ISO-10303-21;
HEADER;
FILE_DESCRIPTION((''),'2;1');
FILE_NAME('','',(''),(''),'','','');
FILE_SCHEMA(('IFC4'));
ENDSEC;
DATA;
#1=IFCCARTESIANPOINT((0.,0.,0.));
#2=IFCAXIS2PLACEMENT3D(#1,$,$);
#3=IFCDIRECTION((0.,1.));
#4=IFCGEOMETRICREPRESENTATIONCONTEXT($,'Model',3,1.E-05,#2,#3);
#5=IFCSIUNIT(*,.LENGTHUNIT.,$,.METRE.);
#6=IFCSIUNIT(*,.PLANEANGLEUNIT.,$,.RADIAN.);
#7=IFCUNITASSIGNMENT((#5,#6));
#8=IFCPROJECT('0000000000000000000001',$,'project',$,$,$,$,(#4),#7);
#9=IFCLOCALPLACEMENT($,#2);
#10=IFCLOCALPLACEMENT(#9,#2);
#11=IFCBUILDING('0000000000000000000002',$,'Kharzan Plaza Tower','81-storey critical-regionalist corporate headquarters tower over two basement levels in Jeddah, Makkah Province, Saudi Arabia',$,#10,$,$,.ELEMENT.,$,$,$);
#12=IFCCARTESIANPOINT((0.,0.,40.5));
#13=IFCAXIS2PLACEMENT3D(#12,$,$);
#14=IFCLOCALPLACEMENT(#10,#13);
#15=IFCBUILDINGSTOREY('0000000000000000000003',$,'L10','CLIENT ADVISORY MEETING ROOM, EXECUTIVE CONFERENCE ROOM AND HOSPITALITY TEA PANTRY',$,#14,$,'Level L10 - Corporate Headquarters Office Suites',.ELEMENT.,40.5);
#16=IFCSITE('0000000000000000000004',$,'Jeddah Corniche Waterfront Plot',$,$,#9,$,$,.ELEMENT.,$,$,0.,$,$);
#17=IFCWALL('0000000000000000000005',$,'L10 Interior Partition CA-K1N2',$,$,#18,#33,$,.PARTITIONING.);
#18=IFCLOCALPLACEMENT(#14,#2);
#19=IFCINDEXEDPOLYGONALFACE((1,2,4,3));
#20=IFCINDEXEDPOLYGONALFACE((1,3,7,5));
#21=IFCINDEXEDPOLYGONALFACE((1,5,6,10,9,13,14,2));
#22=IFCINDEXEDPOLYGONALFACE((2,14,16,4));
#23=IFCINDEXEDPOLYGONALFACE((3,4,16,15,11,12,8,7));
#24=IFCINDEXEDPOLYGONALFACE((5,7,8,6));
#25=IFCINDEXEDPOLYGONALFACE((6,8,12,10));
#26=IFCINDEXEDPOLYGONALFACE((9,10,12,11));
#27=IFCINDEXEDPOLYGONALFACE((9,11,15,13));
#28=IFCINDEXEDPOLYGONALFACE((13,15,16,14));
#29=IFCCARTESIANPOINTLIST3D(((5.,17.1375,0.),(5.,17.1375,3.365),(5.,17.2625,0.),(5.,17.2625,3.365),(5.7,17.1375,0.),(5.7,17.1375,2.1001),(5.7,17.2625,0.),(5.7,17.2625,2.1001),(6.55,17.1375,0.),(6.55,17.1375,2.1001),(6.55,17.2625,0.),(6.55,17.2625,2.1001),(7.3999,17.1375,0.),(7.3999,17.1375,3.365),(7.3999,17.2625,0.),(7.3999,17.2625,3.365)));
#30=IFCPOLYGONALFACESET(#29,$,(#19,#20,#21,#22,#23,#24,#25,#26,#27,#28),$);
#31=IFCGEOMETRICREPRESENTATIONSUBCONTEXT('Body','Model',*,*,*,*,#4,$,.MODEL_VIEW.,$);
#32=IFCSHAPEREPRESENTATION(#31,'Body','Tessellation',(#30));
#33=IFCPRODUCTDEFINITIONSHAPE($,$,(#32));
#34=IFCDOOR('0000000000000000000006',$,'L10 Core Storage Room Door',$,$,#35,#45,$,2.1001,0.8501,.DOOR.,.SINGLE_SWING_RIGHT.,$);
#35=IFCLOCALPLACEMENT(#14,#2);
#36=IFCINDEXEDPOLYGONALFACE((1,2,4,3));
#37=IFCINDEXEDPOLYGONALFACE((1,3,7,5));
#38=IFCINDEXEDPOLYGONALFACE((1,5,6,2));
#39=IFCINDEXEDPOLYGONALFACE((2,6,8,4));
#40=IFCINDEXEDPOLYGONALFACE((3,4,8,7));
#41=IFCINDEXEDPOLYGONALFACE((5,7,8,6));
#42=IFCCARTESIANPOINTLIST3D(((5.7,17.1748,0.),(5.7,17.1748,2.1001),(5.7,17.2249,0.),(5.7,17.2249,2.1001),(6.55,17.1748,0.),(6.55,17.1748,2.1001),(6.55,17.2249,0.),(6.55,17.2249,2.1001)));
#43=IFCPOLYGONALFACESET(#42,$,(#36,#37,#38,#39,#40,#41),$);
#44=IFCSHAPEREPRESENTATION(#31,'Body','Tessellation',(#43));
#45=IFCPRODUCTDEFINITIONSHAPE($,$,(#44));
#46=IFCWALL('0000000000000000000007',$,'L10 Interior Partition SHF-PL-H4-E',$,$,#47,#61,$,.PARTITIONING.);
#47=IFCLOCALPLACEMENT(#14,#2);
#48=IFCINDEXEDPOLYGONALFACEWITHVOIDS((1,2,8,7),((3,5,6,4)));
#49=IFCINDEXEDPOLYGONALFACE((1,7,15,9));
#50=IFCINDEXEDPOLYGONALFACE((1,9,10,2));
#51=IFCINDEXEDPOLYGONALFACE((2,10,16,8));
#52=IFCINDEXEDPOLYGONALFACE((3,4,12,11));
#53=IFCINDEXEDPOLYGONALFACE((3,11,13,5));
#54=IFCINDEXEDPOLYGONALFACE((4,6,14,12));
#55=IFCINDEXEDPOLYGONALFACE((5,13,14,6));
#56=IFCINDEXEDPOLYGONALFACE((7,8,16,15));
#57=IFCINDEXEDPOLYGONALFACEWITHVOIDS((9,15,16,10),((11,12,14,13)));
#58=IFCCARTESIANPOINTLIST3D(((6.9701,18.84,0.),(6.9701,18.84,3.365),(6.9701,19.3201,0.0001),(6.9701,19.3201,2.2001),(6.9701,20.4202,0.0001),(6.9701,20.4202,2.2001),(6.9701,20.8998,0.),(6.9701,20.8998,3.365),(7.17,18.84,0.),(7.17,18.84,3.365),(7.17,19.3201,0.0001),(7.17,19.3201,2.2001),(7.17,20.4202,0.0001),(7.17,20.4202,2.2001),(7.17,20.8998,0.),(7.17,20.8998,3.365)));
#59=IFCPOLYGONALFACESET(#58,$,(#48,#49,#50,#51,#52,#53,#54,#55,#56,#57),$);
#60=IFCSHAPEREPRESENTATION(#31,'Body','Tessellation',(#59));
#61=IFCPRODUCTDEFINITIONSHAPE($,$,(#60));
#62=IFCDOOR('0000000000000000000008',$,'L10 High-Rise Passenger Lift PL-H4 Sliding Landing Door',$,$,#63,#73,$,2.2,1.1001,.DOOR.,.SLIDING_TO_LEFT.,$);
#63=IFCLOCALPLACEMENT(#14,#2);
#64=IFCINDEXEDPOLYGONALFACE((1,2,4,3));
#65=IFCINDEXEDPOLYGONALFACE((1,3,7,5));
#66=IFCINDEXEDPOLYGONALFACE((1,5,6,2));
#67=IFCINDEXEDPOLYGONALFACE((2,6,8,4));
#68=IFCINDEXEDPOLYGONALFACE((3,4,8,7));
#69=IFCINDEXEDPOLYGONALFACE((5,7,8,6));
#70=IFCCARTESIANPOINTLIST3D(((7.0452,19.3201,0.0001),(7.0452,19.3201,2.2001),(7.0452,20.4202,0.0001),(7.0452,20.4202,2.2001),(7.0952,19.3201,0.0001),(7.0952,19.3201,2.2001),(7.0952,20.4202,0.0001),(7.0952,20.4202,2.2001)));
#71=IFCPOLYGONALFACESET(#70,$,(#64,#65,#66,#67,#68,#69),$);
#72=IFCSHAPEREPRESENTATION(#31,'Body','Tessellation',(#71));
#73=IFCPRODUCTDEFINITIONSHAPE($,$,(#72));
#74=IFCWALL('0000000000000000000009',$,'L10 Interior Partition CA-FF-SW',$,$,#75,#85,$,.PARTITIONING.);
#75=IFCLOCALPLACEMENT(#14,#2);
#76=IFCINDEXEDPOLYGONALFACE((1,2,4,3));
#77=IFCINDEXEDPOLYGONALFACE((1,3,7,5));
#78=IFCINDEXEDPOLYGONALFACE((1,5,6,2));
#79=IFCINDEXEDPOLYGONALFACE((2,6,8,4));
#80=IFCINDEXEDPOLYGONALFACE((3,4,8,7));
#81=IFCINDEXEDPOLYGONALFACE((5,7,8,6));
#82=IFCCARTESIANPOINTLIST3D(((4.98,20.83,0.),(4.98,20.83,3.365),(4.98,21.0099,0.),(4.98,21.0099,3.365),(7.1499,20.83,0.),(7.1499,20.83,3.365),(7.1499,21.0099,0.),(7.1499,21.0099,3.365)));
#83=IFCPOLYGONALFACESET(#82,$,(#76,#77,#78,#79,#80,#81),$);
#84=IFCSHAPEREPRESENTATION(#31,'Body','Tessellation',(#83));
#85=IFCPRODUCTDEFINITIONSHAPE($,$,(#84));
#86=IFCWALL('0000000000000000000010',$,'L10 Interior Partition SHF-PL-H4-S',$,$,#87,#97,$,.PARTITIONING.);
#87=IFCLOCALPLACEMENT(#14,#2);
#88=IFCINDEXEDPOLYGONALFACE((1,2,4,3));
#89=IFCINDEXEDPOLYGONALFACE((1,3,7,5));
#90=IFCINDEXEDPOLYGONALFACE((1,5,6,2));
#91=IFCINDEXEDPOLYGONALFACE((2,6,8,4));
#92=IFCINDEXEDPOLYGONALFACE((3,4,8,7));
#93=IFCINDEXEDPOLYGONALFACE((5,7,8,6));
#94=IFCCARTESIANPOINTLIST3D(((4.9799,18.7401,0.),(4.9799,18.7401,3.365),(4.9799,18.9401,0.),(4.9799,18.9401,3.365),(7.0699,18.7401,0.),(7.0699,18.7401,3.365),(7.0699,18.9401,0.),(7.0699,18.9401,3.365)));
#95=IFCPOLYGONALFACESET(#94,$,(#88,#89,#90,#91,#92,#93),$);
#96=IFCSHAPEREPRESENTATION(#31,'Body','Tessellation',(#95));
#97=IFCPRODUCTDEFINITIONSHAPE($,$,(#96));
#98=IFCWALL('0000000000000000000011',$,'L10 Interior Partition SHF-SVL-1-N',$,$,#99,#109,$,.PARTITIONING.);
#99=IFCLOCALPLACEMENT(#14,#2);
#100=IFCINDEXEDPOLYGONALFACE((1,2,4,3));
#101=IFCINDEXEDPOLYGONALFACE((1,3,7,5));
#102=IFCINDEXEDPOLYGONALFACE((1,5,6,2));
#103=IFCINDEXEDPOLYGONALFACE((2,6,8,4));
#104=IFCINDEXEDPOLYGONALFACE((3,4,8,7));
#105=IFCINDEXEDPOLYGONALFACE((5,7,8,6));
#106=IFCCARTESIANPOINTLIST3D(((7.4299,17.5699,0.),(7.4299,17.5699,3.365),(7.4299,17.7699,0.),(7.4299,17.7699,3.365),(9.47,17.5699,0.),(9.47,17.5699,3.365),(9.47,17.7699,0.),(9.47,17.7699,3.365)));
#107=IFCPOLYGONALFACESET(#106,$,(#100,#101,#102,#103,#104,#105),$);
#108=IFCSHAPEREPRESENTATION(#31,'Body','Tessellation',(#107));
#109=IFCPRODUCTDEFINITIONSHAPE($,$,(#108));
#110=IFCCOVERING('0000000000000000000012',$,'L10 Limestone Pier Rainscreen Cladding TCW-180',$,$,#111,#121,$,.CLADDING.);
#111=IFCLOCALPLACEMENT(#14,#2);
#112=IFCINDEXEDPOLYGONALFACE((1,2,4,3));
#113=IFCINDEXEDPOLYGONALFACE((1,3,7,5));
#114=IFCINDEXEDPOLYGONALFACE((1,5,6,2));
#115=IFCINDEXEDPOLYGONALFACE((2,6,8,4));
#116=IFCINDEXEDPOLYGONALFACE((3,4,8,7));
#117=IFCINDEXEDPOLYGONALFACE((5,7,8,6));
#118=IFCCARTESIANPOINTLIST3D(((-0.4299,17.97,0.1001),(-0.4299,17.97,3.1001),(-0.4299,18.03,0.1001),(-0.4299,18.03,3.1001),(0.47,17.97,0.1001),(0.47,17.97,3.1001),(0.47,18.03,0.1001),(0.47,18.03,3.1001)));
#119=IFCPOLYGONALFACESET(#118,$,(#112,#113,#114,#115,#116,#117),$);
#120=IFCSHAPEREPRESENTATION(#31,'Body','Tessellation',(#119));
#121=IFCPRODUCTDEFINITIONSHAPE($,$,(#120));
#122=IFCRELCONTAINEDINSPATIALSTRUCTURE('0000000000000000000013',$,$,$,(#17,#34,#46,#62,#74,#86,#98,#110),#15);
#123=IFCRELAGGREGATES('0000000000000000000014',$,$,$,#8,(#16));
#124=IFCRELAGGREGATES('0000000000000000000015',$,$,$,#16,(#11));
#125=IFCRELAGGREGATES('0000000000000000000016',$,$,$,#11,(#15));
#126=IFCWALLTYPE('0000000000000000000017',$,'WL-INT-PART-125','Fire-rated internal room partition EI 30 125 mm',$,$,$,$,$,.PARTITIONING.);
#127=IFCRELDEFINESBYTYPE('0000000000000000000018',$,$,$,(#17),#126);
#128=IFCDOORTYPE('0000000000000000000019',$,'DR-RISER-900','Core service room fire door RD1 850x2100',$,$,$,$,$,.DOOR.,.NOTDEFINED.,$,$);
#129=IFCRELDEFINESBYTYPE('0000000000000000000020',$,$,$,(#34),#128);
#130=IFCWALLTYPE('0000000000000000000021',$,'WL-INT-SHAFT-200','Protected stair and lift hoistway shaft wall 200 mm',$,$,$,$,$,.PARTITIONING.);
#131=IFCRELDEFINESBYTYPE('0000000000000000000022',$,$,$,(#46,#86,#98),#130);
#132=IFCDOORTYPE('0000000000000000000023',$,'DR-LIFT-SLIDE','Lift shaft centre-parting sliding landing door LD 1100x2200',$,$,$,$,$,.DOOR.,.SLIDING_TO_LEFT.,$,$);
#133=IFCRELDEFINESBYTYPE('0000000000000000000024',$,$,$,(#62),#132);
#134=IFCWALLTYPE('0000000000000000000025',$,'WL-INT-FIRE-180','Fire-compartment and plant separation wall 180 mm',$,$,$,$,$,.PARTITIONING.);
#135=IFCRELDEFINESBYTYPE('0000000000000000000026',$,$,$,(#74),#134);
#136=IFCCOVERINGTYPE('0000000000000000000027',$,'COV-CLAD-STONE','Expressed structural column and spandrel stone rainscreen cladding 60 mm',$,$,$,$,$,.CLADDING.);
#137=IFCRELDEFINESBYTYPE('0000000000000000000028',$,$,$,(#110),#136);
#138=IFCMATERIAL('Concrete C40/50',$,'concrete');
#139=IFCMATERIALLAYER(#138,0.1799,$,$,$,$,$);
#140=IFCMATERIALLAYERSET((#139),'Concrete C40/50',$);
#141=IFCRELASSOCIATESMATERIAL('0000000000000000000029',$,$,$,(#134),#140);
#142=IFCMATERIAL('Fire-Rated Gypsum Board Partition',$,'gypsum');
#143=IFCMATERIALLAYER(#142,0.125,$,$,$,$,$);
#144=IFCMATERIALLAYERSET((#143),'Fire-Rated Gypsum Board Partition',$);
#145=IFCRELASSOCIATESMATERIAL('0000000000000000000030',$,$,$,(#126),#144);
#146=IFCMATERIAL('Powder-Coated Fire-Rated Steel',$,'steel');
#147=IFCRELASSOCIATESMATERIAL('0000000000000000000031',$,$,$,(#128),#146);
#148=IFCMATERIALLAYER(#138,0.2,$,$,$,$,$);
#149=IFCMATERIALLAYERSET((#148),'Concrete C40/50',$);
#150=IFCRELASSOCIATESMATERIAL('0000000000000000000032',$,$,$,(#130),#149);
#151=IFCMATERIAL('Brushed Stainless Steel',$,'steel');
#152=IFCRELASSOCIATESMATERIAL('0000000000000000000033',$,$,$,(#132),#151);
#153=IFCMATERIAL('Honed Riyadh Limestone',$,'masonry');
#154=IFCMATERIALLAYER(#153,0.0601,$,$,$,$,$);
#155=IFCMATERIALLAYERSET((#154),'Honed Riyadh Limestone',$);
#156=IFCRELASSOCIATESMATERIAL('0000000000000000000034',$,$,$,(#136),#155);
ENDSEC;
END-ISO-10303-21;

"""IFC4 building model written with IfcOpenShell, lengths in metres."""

from ifc_helpers import new_model, si_unit, direction, frame, frame_2d, origin, origin_2d, place, context, subcontext, project, spatial, rectangle, extrude, source, transform, mapped, material, layer, layer_set, type_object, element, fill, save


model = new_model("IFC4")

# Units and contexts
model_context = context("Model", 3, precision=1e-05, world=origin(), true_north=direction((0.0, 1.0)))
body_context = subcontext(model_context, "Body", "Model", "MODEL_VIEW")
ifc_project = project(units=[si_unit("LENGTHUNIT", "METRE"), si_unit("PLANEANGLEUNIT", "RADIAN")], contexts=[model_context])

# Site, building, storey
site_placement = place(None, origin())
site = spatial("IfcSite", under=ifc_project, at=site_placement, Name="Jeddah Corniche Waterfront Plot", CompositionType="ELEMENT", RefElevation=0.0)
building_placement = place(site_placement, origin())
building = spatial("IfcBuilding", under=site, at=building_placement, Name="Kharzan Plaza Tower", Description="81-storey critical-regionalist corporate headquarters tower over two basement levels in Jeddah, Makkah Province, Saudi Arabia", CompositionType="ELEMENT")
storey_placement = place(building_placement, frame((0.0, 0.0, 40.5)))
storey = spatial("IfcBuildingStorey", under=building, at=storey_placement, Name="L10", Description="CLIENT ADVISORY MEETING ROOM, EXECUTIVE CONFERENCE ROOM AND HOSPITALITY TEA PANTRY", LongName="Level L10 - Corporate Headquarters Office Suites", CompositionType="ELEMENT", Elevation=40.5)

# Shared definitions
ifc_material_1 = material(Name="Concrete C40/50", Category="concrete")

# Walls, openings, doors
ifc_layer_1 = layer(ifc_material_1, 0.1799)
ifc_layer_set_1 = layer_set([ifc_layer_1], Name="Concrete C40/50")
wall_type_1 = type_object("IfcWallType", Name="WL-INT-FIRE-180", Description="Fire-compartment and plant separation wall 180 mm", PredefinedType="PARTITIONING", material=ifc_layer_set_1)
ifc_material_2 = material(Name="Fire-Rated Gypsum Board Partition", Category="gypsum")
ifc_layer_2 = layer(ifc_material_2, 0.125)
ifc_layer_set_2 = layer_set([ifc_layer_2], Name="Fire-Rated Gypsum Board Partition")
wall_type_2 = type_object("IfcWallType", Name="WL-INT-PART-125", Description="Fire-rated internal room partition EI 30 125 mm", PredefinedType="PARTITIONING", material=ifc_layer_set_2)
wall_1_placement = place(storey_placement, frame((5.0, 17.2, 0.0), z_axis=(0.0, 0.0, 1.0), x_axis=(1.0, 0.0, 0.0)))
wall_1 = element("IfcWall", 1, at=wall_1_placement, inside=storey, type_object=wall_type_2, Name="L10 Interior Partition CA-K1N2", PredefinedType="PARTITIONING", context=body_context, shape_type="SweptSolid", body=[
    extrude(rectangle(XDim=2.3999, YDim=0.125, at=frame_2d((1.2, 0.0))), origin(), (0.0, 0.0, 1.0), 3.365),
])
opening_1_placement = place(wall_1_placement, frame((0.7, 0.0, 0.0)))
opening_1 = element("IfcOpeningElement", 2, at=opening_1_placement, cuts=wall_1, PredefinedType="OPENING", context=body_context, shape_type="SweptSolid", body=[
    extrude(rectangle(XDim=0.8501, YDim=2.1001, at=frame_2d((0.425, 1.05))), frame((0.0, 0.0725, 0.0), z_axis=(0.0, -1.0, 0.0), x_axis=(1.0, 0.0, 0.0)), (0.0, 0.0, 1.0), 0.145),
])
ifc_material_3 = material(Name="Powder-Coated Fire-Rated Steel", Category="steel")
door_type_1 = type_object("IfcDoorType", Name="DR-RISER-900", Description="Core service room fire door RD1 850x2100", OperationType="NOTDEFINED", PredefinedType="DOOR", material=ifc_material_3)
shared_shape_1 = source(origin(), body_context, "Body", "SweptSolid", [
    extrude(rectangle(XDim=0.8501, YDim=2.1001, at=frame_2d((0.425, 1.05))), frame((0.0, 0.0249, 0.0), z_axis=(0.0, -1.0, 0.0), x_axis=(1.0, 0.0, 0.0)), (0.0, 0.0, 1.0), 0.05),
])
door_1_placement = place(opening_1_placement, origin())
door_1 = element("IfcDoor", 3, at=door_1_placement, inside=storey, type_object=door_type_1, Name="L10 Core Storage Room Door", OperationType="SINGLE_SWING_RIGHT", OverallHeight=2.1001, OverallWidth=0.8501, PredefinedType="DOOR", context=body_context, shape_type="MappedRepresentation", body=[
    mapped(shared_shape_1, transform((0.0, 0.0, 0.0), x_axis=(1.0, 0.0, 0.0), y_axis=(0.0, 1.0, 0.0), z_axis=(0.0, 0.0, 1.0))),
])
fill(opening_1, door_1)
ifc_layer_3 = layer(ifc_material_1, 0.2)
ifc_layer_set_3 = layer_set([ifc_layer_3], Name="Concrete C40/50")
wall_type_3 = type_object("IfcWallType", Name="WL-INT-SHAFT-200", Description="Protected stair and lift hoistway shaft wall 200 mm", PredefinedType="PARTITIONING", material=ifc_layer_set_3)
wall_2_placement = place(storey_placement, frame((7.0701, 18.8401, 0.0), z_axis=(0.0, 0.0, 1.0), x_axis=(0.0, 1.0, 0.0)))
wall_2 = element("IfcWall", 4, at=wall_2_placement, inside=storey, type_object=wall_type_3, Name="L10 Interior Partition SHF-PL-H4-E", PredefinedType="PARTITIONING", context=body_context, shape_type="SweptSolid", body=[
    extrude(rectangle(XDim=2.0598, YDim=0.2, at=frame_2d((1.0298, 0.0))), origin(), (0.0, 0.0, 1.0), 3.365),
])
opening_2_placement = place(wall_2_placement, frame((0.48, 0.0, 0.0)))
opening_2 = element("IfcOpeningElement", 5, at=opening_2_placement, cuts=wall_2, PredefinedType="OPENING", context=body_context, shape_type="SweptSolid", body=[
    extrude(rectangle(XDim=1.1001, YDim=2.2, at=frame_2d((0.55, 1.1001))), frame((0.0, 0.1099, 0.0), z_axis=(0.0, -1.0, 0.0), x_axis=(1.0, 0.0, 0.0)), (0.0, 0.0, 1.0), 0.22),
])
ifc_material_4 = material(Name="Brushed Stainless Steel", Category="steel")
door_type_2 = type_object("IfcDoorType", Name="DR-LIFT-SLIDE", Description="Lift shaft centre-parting sliding landing door LD 1100x2200", OperationType="SLIDING_TO_LEFT", PredefinedType="DOOR", material=ifc_material_4)
shared_shape_2 = source(origin(), body_context, "Body", "SweptSolid", [
    extrude(rectangle(XDim=1.1001, YDim=2.2, at=frame_2d((0.55, 1.1001))), frame((0.0, 0.0249, 0.0), z_axis=(0.0, -1.0, 0.0), x_axis=(1.0, 0.0, 0.0)), (0.0, 0.0, 1.0), 0.05),
])
door_2_placement = place(opening_2_placement, origin())
door_2 = element("IfcDoor", 6, at=door_2_placement, inside=storey, type_object=door_type_2, Name="L10 High-Rise Passenger Lift PL-H4 Sliding Landing Door", OperationType="SLIDING_TO_LEFT", OverallHeight=2.2, OverallWidth=1.1001, PredefinedType="DOOR", context=body_context, shape_type="MappedRepresentation", body=[
    mapped(shared_shape_2, transform((0.0, 0.0, 0.0), x_axis=(1.0, 0.0, 0.0), y_axis=(0.0, 1.0, 0.0), z_axis=(0.0, 0.0, 1.0))),
])
fill(opening_2, door_2)

# Walls
shared_shape_3 = source(origin(), body_context, "Body", "SweptSolid", [
    extrude(rectangle(XDim=2.1699, YDim=0.1799, at=frame_2d((1.085, 0.0))), origin(), (0.0, 0.0, 1.0), 3.365),
])
wall_3_placement = place(storey_placement, frame((4.98, 20.9199, 0.0), z_axis=(0.0, 0.0, 1.0), x_axis=(1.0, 0.0, 0.0)))
element("IfcWall", 7, at=wall_3_placement, inside=storey, type_object=wall_type_1, Name="L10 Interior Partition CA-FF-SW", PredefinedType="PARTITIONING", context=body_context, shape_type="MappedRepresentation", body=[
    mapped(shared_shape_3, transform((0.0, 0.0, 0.0), x_axis=(1.0, 0.0, 0.0), y_axis=(0.0, 1.0, 0.0), z_axis=(0.0, 0.0, 1.0))),
])
shared_shape_4 = source(origin(), body_context, "Body", "SweptSolid", [
    extrude(rectangle(XDim=2.0901, YDim=0.2, at=frame_2d((1.0449, 0.0))), origin(), (0.0, 0.0, 1.0), 3.365),
])
wall_4_placement = place(storey_placement, frame((4.98, 18.8401, 0.0), z_axis=(0.0, 0.0, 1.0), x_axis=(1.0, 0.0, 0.0)))
element("IfcWall", 8, at=wall_4_placement, inside=storey, type_object=wall_type_3, Name="L10 Interior Partition SHF-PL-H4-S", PredefinedType="PARTITIONING", context=body_context, shape_type="MappedRepresentation", body=[
    mapped(shared_shape_4, transform((0.0, 0.0, 0.0), x_axis=(1.0, 0.0, 0.0), y_axis=(0.0, 1.0, 0.0), z_axis=(0.0, 0.0, 1.0))),
])
shared_shape_5 = source(origin(), body_context, "Body", "SweptSolid", [
    extrude(rectangle(XDim=2.04, YDim=0.2, at=frame_2d((1.02, 0.0))), origin(), (0.0, 0.0, 1.0), 3.365),
])
wall_5_placement = place(storey_placement, frame((7.4299, 17.6699, 0.0), z_axis=(0.0, 0.0, 1.0), x_axis=(1.0, 0.0, 0.0)))
element("IfcWall", 9, at=wall_5_placement, inside=storey, type_object=wall_type_3, Name="L10 Interior Partition SHF-SVL-1-N", PredefinedType="PARTITIONING", context=body_context, shape_type="MappedRepresentation", body=[
    mapped(shared_shape_5, transform((0.0, 0.0, 0.0), x_axis=(1.0, 0.0, 0.0), y_axis=(0.0, 1.0, 0.0), z_axis=(0.0, 0.0, 1.0))),
])

# Covering
ifc_material_5 = material(Name="Honed Riyadh Limestone", Category="masonry")
ifc_layer_4 = layer(ifc_material_5, 0.0601)
ifc_layer_set_4 = layer_set([ifc_layer_4], Name="Honed Riyadh Limestone")
covering_type = type_object("IfcCoveringType", Name="COV-CLAD-STONE", Description="Expressed structural column and spandrel stone rainscreen cladding 60 mm", PredefinedType="CLADDING", material=ifc_layer_set_4)
shared_shape_6 = source(origin(), body_context, "Body", "SweptSolid", [
    extrude(rectangle(XDim=0.0601, YDim=0.8999, at=origin_2d()), origin(), (0.0, 0.0, 1.0), 3.0),
])
covering_placement = place(storey_placement, frame((0.02, 18.0, 0.1001), z_axis=(0.0, 0.0, 1.0), x_axis=(0.0, 1.0, 0.0)))
element("IfcCovering", 10, at=covering_placement, inside=storey, type_object=covering_type, Name="L10 Limestone Pier Rainscreen Cladding TCW-180", PredefinedType="CLADDING", context=body_context, shape_type="MappedRepresentation", body=[
    mapped(shared_shape_6, transform((0.0, 0.0, 0.0), x_axis=(1.0, 0.0, 0.0), y_axis=(0.0, 1.0, 0.0), z_axis=(0.0, 0.0, 1.0))),
])

save(model, "model.ifc")
